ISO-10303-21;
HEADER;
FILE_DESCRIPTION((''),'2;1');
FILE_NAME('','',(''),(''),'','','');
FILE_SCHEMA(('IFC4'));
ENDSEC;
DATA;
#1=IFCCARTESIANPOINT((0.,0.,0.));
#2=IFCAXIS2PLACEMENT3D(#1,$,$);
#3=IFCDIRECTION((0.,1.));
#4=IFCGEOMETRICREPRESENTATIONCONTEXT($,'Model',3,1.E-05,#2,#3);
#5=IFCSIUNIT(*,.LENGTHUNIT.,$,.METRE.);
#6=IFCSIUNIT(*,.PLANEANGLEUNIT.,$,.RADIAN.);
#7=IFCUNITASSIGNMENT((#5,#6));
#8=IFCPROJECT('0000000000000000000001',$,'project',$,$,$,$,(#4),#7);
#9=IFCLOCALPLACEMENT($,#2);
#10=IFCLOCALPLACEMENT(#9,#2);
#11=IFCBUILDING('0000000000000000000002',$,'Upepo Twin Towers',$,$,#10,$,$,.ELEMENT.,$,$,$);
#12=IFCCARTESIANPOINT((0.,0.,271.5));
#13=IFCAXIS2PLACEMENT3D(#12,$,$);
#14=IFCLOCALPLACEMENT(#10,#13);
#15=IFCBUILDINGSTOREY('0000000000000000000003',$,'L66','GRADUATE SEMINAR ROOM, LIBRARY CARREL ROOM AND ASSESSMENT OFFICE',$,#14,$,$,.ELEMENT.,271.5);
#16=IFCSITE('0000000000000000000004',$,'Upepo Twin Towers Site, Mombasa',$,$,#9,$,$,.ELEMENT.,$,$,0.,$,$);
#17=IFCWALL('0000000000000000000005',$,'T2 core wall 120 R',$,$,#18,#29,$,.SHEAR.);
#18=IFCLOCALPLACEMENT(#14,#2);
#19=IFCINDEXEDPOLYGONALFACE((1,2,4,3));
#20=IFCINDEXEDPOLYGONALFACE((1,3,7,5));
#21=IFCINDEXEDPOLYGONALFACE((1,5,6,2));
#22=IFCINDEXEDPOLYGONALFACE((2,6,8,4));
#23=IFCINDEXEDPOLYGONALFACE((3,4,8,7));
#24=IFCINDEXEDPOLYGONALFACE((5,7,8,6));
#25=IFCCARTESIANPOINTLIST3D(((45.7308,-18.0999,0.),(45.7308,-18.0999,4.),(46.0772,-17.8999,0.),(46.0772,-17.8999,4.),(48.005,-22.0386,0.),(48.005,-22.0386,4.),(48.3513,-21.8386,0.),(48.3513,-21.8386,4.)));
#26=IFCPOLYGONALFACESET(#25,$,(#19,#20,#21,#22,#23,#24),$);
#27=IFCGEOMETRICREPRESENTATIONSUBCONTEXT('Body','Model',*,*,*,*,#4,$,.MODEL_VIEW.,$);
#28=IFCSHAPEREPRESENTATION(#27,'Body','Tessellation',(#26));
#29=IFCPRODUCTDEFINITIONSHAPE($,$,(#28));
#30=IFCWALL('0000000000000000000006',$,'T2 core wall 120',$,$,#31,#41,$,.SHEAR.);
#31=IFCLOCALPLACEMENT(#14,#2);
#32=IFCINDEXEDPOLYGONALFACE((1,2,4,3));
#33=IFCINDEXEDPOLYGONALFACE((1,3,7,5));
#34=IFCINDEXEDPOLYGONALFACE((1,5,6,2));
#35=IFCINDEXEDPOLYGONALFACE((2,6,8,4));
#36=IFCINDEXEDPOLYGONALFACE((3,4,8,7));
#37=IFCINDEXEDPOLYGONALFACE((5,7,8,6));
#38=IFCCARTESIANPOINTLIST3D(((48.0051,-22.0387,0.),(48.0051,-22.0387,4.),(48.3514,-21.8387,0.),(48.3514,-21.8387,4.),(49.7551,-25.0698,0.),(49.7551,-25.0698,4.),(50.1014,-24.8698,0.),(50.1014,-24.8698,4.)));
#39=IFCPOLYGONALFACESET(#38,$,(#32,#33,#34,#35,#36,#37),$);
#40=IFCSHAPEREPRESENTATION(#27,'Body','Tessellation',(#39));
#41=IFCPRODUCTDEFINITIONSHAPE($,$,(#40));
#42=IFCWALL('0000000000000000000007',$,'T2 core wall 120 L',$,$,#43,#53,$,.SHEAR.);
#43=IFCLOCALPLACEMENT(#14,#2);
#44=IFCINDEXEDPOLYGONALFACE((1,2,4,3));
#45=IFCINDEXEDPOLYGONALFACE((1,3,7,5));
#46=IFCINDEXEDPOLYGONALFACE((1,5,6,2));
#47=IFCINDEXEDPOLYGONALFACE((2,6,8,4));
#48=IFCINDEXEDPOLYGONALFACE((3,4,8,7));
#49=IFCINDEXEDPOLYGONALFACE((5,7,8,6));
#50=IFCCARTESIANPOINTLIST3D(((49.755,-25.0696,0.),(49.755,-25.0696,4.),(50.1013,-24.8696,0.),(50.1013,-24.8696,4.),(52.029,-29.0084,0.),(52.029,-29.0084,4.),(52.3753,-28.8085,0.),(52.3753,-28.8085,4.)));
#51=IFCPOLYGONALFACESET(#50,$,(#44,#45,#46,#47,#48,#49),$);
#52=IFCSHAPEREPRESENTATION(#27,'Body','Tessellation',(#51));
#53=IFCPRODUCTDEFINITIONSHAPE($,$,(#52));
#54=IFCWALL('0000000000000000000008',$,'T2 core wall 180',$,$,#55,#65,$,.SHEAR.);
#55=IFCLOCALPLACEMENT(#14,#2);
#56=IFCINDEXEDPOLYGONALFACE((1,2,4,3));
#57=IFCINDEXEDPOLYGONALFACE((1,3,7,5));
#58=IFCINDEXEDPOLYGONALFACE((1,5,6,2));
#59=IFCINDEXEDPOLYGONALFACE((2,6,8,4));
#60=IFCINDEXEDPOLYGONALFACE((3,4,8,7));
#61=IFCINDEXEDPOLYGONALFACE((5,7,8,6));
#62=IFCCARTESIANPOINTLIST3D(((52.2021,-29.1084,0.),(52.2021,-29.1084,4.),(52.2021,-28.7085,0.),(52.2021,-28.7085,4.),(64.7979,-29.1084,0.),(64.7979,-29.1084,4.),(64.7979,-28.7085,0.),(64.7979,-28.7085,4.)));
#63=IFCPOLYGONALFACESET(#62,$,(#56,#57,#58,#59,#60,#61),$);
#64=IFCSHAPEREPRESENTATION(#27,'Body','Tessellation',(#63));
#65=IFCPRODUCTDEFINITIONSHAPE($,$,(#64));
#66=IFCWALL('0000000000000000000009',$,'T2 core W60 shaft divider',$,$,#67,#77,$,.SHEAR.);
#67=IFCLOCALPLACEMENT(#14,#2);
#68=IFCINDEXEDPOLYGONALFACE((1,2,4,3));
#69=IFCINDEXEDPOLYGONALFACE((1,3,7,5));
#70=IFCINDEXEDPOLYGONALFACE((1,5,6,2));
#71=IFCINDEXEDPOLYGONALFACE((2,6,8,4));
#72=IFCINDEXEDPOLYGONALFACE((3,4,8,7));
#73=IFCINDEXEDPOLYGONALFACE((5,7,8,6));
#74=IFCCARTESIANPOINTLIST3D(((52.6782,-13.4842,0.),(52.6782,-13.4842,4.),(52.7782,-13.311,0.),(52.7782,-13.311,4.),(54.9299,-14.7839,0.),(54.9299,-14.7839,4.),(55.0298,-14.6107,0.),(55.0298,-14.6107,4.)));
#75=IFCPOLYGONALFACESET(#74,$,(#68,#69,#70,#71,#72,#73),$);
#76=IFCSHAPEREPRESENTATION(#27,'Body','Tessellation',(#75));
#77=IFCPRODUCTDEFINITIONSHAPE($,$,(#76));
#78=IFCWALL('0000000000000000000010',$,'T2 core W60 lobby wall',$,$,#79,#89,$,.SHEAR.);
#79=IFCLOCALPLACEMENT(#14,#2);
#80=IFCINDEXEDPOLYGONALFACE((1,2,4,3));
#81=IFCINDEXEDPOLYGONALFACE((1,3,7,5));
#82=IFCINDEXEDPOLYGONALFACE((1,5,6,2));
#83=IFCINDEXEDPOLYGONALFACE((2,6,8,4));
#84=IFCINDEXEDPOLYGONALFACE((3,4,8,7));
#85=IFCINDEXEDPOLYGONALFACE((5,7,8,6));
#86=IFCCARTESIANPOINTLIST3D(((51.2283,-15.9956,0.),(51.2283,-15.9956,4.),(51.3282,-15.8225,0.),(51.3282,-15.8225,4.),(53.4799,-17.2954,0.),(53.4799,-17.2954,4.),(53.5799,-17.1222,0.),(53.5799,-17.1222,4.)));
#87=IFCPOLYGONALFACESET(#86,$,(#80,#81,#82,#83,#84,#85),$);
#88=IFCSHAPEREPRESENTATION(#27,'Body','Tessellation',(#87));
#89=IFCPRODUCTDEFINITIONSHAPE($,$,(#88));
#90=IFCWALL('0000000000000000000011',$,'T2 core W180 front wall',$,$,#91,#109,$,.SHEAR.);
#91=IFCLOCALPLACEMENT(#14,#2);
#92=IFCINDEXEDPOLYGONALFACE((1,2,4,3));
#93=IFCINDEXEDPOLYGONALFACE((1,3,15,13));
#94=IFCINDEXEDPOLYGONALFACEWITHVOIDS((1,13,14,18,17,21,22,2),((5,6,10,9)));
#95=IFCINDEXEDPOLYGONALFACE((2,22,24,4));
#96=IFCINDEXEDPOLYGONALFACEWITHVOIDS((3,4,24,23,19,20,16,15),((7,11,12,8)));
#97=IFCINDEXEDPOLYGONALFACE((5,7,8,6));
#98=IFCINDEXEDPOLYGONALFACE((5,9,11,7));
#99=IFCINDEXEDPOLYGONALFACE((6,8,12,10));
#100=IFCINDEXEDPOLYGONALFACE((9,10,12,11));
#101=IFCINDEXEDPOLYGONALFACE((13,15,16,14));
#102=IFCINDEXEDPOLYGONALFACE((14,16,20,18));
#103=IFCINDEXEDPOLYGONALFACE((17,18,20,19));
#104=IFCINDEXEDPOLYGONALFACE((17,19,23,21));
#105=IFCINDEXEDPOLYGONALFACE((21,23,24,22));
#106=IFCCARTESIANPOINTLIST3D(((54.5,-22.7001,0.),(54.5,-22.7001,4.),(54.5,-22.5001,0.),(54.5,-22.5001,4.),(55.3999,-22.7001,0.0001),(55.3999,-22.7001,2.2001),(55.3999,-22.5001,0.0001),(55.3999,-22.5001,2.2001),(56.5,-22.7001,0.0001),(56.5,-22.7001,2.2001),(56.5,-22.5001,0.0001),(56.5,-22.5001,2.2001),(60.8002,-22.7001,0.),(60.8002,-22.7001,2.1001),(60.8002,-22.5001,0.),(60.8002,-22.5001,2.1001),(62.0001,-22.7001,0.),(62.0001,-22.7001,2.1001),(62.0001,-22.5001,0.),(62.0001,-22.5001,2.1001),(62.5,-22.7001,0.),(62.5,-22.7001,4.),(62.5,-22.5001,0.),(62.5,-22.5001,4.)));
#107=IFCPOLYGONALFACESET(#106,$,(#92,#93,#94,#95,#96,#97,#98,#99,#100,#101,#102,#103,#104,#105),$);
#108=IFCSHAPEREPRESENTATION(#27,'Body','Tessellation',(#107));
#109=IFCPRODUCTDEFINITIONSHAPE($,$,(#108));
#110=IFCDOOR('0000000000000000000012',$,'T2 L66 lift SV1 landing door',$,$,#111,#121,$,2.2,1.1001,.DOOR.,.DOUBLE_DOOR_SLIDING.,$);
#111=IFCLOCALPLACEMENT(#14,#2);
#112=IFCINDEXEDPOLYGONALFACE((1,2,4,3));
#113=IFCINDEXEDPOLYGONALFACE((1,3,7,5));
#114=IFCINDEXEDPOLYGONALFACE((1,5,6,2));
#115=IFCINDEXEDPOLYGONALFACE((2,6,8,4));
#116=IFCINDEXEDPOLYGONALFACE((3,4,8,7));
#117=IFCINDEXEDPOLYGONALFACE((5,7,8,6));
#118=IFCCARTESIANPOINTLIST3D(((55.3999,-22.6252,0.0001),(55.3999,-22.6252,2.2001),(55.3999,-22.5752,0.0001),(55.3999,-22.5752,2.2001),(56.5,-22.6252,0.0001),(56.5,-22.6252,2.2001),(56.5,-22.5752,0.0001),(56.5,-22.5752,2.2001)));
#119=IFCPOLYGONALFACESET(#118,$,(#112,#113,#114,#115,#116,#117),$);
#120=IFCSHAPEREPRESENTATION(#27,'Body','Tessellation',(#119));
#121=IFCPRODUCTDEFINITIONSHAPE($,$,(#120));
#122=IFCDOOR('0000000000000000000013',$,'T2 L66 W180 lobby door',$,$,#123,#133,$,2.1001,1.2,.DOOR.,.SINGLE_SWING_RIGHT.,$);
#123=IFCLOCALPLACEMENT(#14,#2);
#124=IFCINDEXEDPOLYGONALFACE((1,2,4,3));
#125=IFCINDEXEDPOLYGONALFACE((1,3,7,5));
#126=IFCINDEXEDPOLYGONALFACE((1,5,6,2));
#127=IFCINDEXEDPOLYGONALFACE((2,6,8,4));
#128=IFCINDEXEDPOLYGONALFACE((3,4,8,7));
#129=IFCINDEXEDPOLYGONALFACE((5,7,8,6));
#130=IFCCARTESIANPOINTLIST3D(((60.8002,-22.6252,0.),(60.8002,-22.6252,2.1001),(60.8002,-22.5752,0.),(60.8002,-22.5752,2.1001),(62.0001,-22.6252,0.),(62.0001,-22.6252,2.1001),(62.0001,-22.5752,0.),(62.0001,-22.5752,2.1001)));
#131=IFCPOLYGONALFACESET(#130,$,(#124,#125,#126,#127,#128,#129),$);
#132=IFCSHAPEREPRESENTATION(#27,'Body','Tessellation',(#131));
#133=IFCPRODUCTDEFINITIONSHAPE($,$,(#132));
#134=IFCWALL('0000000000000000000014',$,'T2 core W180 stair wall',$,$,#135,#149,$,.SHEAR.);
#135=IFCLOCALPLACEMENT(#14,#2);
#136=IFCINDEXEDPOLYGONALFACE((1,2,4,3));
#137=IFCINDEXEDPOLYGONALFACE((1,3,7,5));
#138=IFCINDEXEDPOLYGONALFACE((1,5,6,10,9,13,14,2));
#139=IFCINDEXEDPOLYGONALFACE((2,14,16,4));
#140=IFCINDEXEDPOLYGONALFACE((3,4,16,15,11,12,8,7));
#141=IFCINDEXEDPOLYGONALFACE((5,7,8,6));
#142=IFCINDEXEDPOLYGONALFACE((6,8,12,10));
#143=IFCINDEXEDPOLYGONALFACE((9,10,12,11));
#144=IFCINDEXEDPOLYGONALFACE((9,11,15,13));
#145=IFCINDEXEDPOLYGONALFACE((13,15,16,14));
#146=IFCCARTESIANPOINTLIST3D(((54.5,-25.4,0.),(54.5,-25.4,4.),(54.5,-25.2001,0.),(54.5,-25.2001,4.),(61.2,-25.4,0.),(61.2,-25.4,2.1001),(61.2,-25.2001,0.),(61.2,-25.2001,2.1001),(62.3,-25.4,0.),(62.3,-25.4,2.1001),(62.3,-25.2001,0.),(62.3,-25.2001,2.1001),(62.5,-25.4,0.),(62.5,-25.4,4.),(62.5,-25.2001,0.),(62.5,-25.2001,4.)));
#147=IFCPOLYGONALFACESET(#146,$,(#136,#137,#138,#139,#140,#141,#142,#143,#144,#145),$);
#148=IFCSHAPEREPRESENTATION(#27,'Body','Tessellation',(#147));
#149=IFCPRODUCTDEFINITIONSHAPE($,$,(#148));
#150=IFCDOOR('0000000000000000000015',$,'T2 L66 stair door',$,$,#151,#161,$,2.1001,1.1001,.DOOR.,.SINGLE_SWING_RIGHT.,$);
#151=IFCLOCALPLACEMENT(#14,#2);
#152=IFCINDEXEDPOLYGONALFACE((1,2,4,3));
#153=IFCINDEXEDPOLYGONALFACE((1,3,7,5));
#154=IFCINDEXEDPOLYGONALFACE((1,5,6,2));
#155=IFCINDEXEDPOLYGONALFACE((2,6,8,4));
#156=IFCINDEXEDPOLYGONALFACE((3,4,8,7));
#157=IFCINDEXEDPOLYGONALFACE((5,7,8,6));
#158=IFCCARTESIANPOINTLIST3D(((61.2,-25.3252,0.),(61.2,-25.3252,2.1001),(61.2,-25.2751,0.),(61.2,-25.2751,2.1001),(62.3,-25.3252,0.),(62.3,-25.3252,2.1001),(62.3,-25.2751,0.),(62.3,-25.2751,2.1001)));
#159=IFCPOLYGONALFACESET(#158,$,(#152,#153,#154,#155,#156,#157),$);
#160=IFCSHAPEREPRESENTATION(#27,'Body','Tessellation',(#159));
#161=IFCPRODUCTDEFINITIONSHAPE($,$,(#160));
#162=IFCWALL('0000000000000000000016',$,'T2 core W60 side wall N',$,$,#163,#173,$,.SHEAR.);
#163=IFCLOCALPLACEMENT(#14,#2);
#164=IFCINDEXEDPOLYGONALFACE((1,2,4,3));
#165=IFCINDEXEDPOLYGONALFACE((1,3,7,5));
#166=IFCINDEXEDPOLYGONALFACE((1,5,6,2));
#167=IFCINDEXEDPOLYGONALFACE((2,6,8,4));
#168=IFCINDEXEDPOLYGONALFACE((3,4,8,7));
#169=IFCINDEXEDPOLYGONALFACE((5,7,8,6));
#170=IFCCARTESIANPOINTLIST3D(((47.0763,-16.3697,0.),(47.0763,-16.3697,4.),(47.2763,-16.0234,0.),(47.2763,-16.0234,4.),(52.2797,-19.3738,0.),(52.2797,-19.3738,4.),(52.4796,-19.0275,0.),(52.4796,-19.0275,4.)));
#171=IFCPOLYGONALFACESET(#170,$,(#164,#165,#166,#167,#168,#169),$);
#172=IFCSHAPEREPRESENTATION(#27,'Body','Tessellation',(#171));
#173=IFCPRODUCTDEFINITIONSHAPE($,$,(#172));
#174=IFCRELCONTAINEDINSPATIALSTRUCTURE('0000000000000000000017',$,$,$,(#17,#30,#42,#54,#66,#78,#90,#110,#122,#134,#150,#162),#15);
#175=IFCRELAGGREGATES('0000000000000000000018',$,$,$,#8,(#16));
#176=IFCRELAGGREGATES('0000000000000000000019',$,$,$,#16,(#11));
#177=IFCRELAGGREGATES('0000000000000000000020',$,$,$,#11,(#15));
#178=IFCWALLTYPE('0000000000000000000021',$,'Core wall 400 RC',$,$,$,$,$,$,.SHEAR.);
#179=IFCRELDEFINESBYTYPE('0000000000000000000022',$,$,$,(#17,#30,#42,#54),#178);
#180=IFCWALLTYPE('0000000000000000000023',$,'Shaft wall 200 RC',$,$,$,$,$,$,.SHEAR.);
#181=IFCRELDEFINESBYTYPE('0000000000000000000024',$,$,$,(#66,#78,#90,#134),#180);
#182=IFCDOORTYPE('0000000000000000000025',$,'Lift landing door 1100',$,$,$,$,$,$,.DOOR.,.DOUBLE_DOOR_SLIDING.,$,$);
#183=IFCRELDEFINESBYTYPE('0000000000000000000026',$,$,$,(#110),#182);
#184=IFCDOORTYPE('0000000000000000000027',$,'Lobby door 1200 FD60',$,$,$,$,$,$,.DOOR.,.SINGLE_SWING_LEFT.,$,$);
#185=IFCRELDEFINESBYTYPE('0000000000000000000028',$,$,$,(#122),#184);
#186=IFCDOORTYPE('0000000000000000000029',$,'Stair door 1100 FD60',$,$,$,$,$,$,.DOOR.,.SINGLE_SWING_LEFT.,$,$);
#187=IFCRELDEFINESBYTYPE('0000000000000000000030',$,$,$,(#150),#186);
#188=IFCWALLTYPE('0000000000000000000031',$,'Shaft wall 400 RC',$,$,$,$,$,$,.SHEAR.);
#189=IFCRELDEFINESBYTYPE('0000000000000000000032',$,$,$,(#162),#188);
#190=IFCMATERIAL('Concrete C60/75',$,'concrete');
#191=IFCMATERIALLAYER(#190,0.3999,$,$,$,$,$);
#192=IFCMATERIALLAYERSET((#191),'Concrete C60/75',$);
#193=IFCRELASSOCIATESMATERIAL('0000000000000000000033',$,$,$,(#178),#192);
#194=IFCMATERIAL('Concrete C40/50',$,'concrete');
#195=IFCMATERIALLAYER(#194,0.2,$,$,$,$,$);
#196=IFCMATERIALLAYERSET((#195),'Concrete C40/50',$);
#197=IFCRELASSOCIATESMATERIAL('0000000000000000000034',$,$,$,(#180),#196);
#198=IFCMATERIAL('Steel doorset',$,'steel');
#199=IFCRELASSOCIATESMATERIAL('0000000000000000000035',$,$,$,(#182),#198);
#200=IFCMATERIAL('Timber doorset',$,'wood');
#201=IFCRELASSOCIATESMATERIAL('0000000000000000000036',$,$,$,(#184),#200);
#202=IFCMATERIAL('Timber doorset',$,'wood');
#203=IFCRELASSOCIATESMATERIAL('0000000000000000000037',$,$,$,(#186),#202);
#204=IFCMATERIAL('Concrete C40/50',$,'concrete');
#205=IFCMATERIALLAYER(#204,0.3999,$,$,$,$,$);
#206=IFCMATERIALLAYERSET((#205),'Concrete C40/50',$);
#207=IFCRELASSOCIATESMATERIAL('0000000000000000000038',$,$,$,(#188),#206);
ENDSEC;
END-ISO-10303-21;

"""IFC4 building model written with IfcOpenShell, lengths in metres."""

from ifc_helpers import new_model, si_unit, direction, frame, frame_2d, origin, place, context, subcontext, project, spatial, rectangle, extrude, material, layer, layer_set, type_object, element, fill, save


model = new_model("IFC4")

# Units and contexts
model_context = context("Model", 3, precision=1e-05, world=origin(), true_north=direction((0.0, 1.0)))
body_context = subcontext(model_context, "Body", "Model", "MODEL_VIEW")
ifc_project = project(units=[si_unit("LENGTHUNIT", "METRE"), si_unit("PLANEANGLEUNIT", "RADIAN")], contexts=[model_context])

# Site, building, storey
site_placement = place(None, origin())
site = spatial("IfcSite", under=ifc_project, at=site_placement, Name="Upepo Twin Towers Site, Mombasa", CompositionType="ELEMENT", RefElevation=0.0)
building_placement = place(site_placement, origin())
building = spatial("IfcBuilding", under=site, at=building_placement, Name="Upepo Twin Towers", CompositionType="ELEMENT")
storey_placement = place(building_placement, frame((0.0, 0.0, 271.5)))
storey = spatial("IfcBuildingStorey", under=building, at=storey_placement, Name="L66", Description="GRADUATE SEMINAR ROOM, LIBRARY CARREL ROOM AND ASSESSMENT OFFICE", CompositionType="ELEMENT", Elevation=271.5)

# Walls
ifc_material_1 = material(Name="Concrete C60/75", Category="concrete")
ifc_layer_1 = layer(ifc_material_1, 0.3999)
ifc_layer_set_1 = layer_set([ifc_layer_1], Name="Concrete C60/75")
wall_type_1 = type_object("IfcWallType", Name="Core wall 400 RC", PredefinedType="SHEAR", material=ifc_layer_set_1)
wall_1_placement = place(storey_placement, frame((45.9041, -18.0, 0.0), z_axis=(0.0, 0.0, 1.0), x_axis=(0.500024, -0.866011, 0.0)))
element("IfcWall", 1, at=wall_1_placement, inside=storey, type_object=wall_type_1, Name="T2 core wall 120 R", PredefinedType="SHEAR", context=body_context, shape_type="SweptSolid", body=[
    extrude(rectangle(XDim=4.5481, YDim=0.3999, at=frame_2d((2.2739, 0.0))), origin(), (0.0, 0.0, 1.0), 4.0),
])
wall_2_placement = place(storey_placement, frame((48.1782, -21.9387, 0.0), z_axis=(0.0, 0.0, 1.0), x_axis=(0.50001, -0.866019, 0.0)))
element("IfcWall", 2, at=wall_2_placement, inside=storey, type_object=wall_type_1, Name="T2 core wall 120", PredefinedType="SHEAR", context=body_context, shape_type="SweptSolid", body=[
    extrude(rectangle(XDim=3.5, YDim=0.3999, at=frame_2d((1.75, 0.0))), origin(), (0.0, 0.0, 1.0), 4.0),
])
wall_3_placement = place(storey_placement, frame((49.9282, -24.9697, 0.0), z_axis=(0.0, 0.0, 1.0), x_axis=(0.499984, -0.866035, 0.0)))
element("IfcWall", 3, at=wall_3_placement, inside=storey, type_object=wall_type_1, Name="T2 core wall 120 L", PredefinedType="SHEAR", context=body_context, shape_type="SweptSolid", body=[
    extrude(rectangle(XDim=4.5481, YDim=0.3999, at=frame_2d((2.2739, 0.0))), origin(), (0.0, 0.0, 1.0), 4.0),
])
wall_4_placement = place(storey_placement, frame((52.2021, -28.9084, 0.0), z_axis=(0.0, 0.0, 1.0), x_axis=(1.0, 0.0, 0.0)))
element("IfcWall", 4, at=wall_4_placement, inside=storey, type_object=wall_type_1, Name="T2 core wall 180", PredefinedType="SHEAR", context=body_context, shape_type="SweptSolid", body=[
    extrude(rectangle(XDim=12.5957, YDim=0.3999, at=frame_2d((6.2979, 0.0))), origin(), (0.0, 0.0, 1.0), 4.0),
])
ifc_material_2 = material(Name="Concrete C40/50", Category="concrete")
ifc_layer_2 = layer(ifc_material_2, 0.2)
ifc_layer_set_2 = layer_set([ifc_layer_2], Name="Concrete C40/50")
wall_type_2 = type_object("IfcWallType", Name="Shaft wall 200 RC", PredefinedType="SHEAR", material=ifc_layer_set_2)
for number, where, z_axis, x_axis, name in (
    (5, (54.9797, -14.6973, 0.0), (0.0, 0.0, 1.0), (-0.866062, 0.499937, 0.0), "T2 core W60 shaft divider"),
    (6, (53.5298, -17.2087, 0.0), (0.0, 0.0, 1.0), (-0.866062, 0.499937, 0.0), "T2 core W60 lobby wall"),
):
    element("IfcWall", number, at=place(storey_placement, frame(where, z_axis=z_axis, x_axis=x_axis)), inside=storey, type_object=wall_type_2, Name=name, PredefinedType="SHEAR", context=body_context, shape_type="SweptSolid", body=[
        extrude(rectangle(XDim=2.5999, YDim=0.2, at=frame_2d((1.2998, 0.0))), origin(), (0.0, 0.0, 1.0), 4.0),
    ])

# Wall, openings, doors
wall_5_placement = place(storey_placement, frame((54.5, -22.6001, 0.0), z_axis=(0.0, 0.0, 1.0), x_axis=(1.0, 0.0, 0.0)))
wall_5 = element("IfcWall", 7, at=wall_5_placement, inside=storey, type_object=wall_type_2, Name="T2 core W180 front wall", PredefinedType="SHEAR", context=body_context, shape_type="SweptSolid", body=[
    extrude(rectangle(XDim=8.0, YDim=0.2, at=frame_2d((4.0, 0.0))), origin(), (0.0, 0.0, 1.0), 4.0),
])
opening_1_placement = place(wall_5_placement, frame((6.3, 0.0, 0.0)))
opening_1 = element("IfcOpeningElement", 8, at=opening_1_placement, cuts=wall_5, PredefinedType="OPENING", context=body_context, shape_type="SweptSolid", body=[
    extrude(rectangle(XDim=1.2, YDim=2.1001, at=frame_2d((0.6001, 1.05))), frame((0.0, 0.1099, 0.0), z_axis=(0.0, -1.0, 0.0), x_axis=(1.0, 0.0, 0.0)), (0.0, 0.0, 1.0), 0.22),
])
opening_2_placement = place(wall_5_placement, frame((0.8999, 0.0, 0.0)))
opening_2 = element("IfcOpeningElement", 9, at=opening_2_placement, cuts=wall_5, PredefinedType="OPENING", context=body_context, shape_type="SweptSolid", body=[
    extrude(rectangle(XDim=1.1001, YDim=2.2, at=frame_2d((0.55, 1.1001))), frame((0.0, 0.1099, 0.0), z_axis=(0.0, -1.0, 0.0), x_axis=(1.0, 0.0, 0.0)), (0.0, 0.0, 1.0), 0.22),
])
ifc_material_3 = material(Name="Steel doorset", Category="steel")
door_type_1 = type_object("IfcDoorType", Name="Lift landing door 1100", OperationType="DOUBLE_DOOR_SLIDING", PredefinedType="DOOR", material=ifc_material_3)
door_1_placement = place(opening_2_placement, origin())
door_1 = element("IfcDoor", 10, at=door_1_placement, inside=storey, type_object=door_type_1, Name="T2 L66 lift SV1 landing door", OperationType="DOUBLE_DOOR_SLIDING", OverallHeight=2.2, OverallWidth=1.1001, PredefinedType="DOOR", context=body_context, shape_type="SweptSolid", body=[
    extrude(rectangle(XDim=1.1001, YDim=2.2, at=frame_2d((0.55, 1.1001))), frame((0.0, 0.0249, 0.0), z_axis=(0.0, -1.0, 0.0), x_axis=(1.0, 0.0, 0.0)), (0.0, 0.0, 1.0), 0.05),
])
fill(opening_2, door_1)
ifc_material_4 = material(Name="Timber doorset", Category="wood")
door_type_2 = type_object("IfcDoorType", Name="Lobby door 1200 FD60", OperationType="SINGLE_SWING_LEFT", PredefinedType="DOOR", material=ifc_material_4)
door_2_placement = place(opening_1_placement, origin())
door_2 = element("IfcDoor", 11, at=door_2_placement, inside=storey, type_object=door_type_2, Name="T2 L66 W180 lobby door", OperationType="SINGLE_SWING_RIGHT", OverallHeight=2.1001, OverallWidth=1.2, PredefinedType="DOOR", context=body_context, shape_type="SweptSolid", body=[
    extrude(rectangle(XDim=1.2, YDim=2.1001, at=frame_2d((0.6001, 1.05))), frame((0.0, 0.0249, 0.0), z_axis=(0.0, -1.0, 0.0), x_axis=(1.0, 0.0, 0.0)), (0.0, 0.0, 1.0), 0.05),
])
fill(opening_1, door_2)

# Wall, opening, door
wall_6_placement = place(storey_placement, frame((54.5, -25.3, 0.0), z_axis=(0.0, 0.0, 1.0), x_axis=(1.0, 0.0, 0.0)))
wall_6 = element("IfcWall", 12, at=wall_6_placement, inside=storey, type_object=wall_type_2, Name="T2 core W180 stair wall", PredefinedType="SHEAR", context=body_context, shape_type="SweptSolid", body=[
    extrude(rectangle(XDim=8.0, YDim=0.2, at=frame_2d((4.0, 0.0))), origin(), (0.0, 0.0, 1.0), 4.0),
])
opening_3_placement = place(wall_6_placement, frame((6.7, 0.0, 0.0)))
opening_3 = element("IfcOpeningElement", 13, at=opening_3_placement, cuts=wall_6, PredefinedType="OPENING", context=body_context, shape_type="SweptSolid", body=[
    extrude(rectangle(XDim=1.1001, YDim=2.1001, at=frame_2d((0.55, 1.05))), frame((0.0, 0.1099, 0.0), z_axis=(0.0, -1.0, 0.0), x_axis=(1.0, 0.0, 0.0)), (0.0, 0.0, 1.0), 0.22),
])
ifc_material_5 = material(Name="Timber doorset", Category="wood")
door_type_3 = type_object("IfcDoorType", Name="Stair door 1100 FD60", OperationType="SINGLE_SWING_LEFT", PredefinedType="DOOR", material=ifc_material_5)
door_3_placement = place(opening_3_placement, origin())
door_3 = element("IfcDoor", 14, at=door_3_placement, inside=storey, type_object=door_type_3, Name="T2 L66 stair door", OperationType="SINGLE_SWING_RIGHT", OverallHeight=2.1001, OverallWidth=1.1001, PredefinedType="DOOR", context=body_context, shape_type="SweptSolid", body=[
    extrude(rectangle(XDim=1.1001, YDim=2.1001, at=frame_2d((0.55, 1.05))), frame((0.0, 0.0249, 0.0), z_axis=(0.0, -1.0, 0.0), x_axis=(1.0, 0.0, 0.0)), (0.0, 0.0, 1.0), 0.05),
])
fill(opening_3, door_3)

# Wall
ifc_material_6 = material(Name="Concrete C40/50", Category="concrete")
ifc_layer_3 = layer(ifc_material_6, 0.3999)
ifc_layer_set_3 = layer_set([ifc_layer_3], Name="Concrete C40/50")
wall_type_3 = type_object("IfcWallType", Name="Shaft wall 400 RC", PredefinedType="SHEAR", material=ifc_layer_set_3)
for number, where, z_axis, x_axis, name in (
    (15, (52.3796, -19.2007, 0.0), (0.0, 0.0, 1.0), (-0.866027, 0.499998, 0.0), "T2 core W60 side wall N"),
):
    element("IfcWall", number, at=place(storey_placement, frame(where, z_axis=z_axis, x_axis=x_axis)), inside=storey, type_object=wall_type_3, Name=name, PredefinedType="SHEAR", context=body_context, shape_type="SweptSolid", body=[
        extrude(rectangle(XDim=6.0083, YDim=0.3999, at=frame_2d((3.0042, 0.0))), origin(), (0.0, 0.0, 1.0), 4.0),
    ])

save(model, "model.ifc")
